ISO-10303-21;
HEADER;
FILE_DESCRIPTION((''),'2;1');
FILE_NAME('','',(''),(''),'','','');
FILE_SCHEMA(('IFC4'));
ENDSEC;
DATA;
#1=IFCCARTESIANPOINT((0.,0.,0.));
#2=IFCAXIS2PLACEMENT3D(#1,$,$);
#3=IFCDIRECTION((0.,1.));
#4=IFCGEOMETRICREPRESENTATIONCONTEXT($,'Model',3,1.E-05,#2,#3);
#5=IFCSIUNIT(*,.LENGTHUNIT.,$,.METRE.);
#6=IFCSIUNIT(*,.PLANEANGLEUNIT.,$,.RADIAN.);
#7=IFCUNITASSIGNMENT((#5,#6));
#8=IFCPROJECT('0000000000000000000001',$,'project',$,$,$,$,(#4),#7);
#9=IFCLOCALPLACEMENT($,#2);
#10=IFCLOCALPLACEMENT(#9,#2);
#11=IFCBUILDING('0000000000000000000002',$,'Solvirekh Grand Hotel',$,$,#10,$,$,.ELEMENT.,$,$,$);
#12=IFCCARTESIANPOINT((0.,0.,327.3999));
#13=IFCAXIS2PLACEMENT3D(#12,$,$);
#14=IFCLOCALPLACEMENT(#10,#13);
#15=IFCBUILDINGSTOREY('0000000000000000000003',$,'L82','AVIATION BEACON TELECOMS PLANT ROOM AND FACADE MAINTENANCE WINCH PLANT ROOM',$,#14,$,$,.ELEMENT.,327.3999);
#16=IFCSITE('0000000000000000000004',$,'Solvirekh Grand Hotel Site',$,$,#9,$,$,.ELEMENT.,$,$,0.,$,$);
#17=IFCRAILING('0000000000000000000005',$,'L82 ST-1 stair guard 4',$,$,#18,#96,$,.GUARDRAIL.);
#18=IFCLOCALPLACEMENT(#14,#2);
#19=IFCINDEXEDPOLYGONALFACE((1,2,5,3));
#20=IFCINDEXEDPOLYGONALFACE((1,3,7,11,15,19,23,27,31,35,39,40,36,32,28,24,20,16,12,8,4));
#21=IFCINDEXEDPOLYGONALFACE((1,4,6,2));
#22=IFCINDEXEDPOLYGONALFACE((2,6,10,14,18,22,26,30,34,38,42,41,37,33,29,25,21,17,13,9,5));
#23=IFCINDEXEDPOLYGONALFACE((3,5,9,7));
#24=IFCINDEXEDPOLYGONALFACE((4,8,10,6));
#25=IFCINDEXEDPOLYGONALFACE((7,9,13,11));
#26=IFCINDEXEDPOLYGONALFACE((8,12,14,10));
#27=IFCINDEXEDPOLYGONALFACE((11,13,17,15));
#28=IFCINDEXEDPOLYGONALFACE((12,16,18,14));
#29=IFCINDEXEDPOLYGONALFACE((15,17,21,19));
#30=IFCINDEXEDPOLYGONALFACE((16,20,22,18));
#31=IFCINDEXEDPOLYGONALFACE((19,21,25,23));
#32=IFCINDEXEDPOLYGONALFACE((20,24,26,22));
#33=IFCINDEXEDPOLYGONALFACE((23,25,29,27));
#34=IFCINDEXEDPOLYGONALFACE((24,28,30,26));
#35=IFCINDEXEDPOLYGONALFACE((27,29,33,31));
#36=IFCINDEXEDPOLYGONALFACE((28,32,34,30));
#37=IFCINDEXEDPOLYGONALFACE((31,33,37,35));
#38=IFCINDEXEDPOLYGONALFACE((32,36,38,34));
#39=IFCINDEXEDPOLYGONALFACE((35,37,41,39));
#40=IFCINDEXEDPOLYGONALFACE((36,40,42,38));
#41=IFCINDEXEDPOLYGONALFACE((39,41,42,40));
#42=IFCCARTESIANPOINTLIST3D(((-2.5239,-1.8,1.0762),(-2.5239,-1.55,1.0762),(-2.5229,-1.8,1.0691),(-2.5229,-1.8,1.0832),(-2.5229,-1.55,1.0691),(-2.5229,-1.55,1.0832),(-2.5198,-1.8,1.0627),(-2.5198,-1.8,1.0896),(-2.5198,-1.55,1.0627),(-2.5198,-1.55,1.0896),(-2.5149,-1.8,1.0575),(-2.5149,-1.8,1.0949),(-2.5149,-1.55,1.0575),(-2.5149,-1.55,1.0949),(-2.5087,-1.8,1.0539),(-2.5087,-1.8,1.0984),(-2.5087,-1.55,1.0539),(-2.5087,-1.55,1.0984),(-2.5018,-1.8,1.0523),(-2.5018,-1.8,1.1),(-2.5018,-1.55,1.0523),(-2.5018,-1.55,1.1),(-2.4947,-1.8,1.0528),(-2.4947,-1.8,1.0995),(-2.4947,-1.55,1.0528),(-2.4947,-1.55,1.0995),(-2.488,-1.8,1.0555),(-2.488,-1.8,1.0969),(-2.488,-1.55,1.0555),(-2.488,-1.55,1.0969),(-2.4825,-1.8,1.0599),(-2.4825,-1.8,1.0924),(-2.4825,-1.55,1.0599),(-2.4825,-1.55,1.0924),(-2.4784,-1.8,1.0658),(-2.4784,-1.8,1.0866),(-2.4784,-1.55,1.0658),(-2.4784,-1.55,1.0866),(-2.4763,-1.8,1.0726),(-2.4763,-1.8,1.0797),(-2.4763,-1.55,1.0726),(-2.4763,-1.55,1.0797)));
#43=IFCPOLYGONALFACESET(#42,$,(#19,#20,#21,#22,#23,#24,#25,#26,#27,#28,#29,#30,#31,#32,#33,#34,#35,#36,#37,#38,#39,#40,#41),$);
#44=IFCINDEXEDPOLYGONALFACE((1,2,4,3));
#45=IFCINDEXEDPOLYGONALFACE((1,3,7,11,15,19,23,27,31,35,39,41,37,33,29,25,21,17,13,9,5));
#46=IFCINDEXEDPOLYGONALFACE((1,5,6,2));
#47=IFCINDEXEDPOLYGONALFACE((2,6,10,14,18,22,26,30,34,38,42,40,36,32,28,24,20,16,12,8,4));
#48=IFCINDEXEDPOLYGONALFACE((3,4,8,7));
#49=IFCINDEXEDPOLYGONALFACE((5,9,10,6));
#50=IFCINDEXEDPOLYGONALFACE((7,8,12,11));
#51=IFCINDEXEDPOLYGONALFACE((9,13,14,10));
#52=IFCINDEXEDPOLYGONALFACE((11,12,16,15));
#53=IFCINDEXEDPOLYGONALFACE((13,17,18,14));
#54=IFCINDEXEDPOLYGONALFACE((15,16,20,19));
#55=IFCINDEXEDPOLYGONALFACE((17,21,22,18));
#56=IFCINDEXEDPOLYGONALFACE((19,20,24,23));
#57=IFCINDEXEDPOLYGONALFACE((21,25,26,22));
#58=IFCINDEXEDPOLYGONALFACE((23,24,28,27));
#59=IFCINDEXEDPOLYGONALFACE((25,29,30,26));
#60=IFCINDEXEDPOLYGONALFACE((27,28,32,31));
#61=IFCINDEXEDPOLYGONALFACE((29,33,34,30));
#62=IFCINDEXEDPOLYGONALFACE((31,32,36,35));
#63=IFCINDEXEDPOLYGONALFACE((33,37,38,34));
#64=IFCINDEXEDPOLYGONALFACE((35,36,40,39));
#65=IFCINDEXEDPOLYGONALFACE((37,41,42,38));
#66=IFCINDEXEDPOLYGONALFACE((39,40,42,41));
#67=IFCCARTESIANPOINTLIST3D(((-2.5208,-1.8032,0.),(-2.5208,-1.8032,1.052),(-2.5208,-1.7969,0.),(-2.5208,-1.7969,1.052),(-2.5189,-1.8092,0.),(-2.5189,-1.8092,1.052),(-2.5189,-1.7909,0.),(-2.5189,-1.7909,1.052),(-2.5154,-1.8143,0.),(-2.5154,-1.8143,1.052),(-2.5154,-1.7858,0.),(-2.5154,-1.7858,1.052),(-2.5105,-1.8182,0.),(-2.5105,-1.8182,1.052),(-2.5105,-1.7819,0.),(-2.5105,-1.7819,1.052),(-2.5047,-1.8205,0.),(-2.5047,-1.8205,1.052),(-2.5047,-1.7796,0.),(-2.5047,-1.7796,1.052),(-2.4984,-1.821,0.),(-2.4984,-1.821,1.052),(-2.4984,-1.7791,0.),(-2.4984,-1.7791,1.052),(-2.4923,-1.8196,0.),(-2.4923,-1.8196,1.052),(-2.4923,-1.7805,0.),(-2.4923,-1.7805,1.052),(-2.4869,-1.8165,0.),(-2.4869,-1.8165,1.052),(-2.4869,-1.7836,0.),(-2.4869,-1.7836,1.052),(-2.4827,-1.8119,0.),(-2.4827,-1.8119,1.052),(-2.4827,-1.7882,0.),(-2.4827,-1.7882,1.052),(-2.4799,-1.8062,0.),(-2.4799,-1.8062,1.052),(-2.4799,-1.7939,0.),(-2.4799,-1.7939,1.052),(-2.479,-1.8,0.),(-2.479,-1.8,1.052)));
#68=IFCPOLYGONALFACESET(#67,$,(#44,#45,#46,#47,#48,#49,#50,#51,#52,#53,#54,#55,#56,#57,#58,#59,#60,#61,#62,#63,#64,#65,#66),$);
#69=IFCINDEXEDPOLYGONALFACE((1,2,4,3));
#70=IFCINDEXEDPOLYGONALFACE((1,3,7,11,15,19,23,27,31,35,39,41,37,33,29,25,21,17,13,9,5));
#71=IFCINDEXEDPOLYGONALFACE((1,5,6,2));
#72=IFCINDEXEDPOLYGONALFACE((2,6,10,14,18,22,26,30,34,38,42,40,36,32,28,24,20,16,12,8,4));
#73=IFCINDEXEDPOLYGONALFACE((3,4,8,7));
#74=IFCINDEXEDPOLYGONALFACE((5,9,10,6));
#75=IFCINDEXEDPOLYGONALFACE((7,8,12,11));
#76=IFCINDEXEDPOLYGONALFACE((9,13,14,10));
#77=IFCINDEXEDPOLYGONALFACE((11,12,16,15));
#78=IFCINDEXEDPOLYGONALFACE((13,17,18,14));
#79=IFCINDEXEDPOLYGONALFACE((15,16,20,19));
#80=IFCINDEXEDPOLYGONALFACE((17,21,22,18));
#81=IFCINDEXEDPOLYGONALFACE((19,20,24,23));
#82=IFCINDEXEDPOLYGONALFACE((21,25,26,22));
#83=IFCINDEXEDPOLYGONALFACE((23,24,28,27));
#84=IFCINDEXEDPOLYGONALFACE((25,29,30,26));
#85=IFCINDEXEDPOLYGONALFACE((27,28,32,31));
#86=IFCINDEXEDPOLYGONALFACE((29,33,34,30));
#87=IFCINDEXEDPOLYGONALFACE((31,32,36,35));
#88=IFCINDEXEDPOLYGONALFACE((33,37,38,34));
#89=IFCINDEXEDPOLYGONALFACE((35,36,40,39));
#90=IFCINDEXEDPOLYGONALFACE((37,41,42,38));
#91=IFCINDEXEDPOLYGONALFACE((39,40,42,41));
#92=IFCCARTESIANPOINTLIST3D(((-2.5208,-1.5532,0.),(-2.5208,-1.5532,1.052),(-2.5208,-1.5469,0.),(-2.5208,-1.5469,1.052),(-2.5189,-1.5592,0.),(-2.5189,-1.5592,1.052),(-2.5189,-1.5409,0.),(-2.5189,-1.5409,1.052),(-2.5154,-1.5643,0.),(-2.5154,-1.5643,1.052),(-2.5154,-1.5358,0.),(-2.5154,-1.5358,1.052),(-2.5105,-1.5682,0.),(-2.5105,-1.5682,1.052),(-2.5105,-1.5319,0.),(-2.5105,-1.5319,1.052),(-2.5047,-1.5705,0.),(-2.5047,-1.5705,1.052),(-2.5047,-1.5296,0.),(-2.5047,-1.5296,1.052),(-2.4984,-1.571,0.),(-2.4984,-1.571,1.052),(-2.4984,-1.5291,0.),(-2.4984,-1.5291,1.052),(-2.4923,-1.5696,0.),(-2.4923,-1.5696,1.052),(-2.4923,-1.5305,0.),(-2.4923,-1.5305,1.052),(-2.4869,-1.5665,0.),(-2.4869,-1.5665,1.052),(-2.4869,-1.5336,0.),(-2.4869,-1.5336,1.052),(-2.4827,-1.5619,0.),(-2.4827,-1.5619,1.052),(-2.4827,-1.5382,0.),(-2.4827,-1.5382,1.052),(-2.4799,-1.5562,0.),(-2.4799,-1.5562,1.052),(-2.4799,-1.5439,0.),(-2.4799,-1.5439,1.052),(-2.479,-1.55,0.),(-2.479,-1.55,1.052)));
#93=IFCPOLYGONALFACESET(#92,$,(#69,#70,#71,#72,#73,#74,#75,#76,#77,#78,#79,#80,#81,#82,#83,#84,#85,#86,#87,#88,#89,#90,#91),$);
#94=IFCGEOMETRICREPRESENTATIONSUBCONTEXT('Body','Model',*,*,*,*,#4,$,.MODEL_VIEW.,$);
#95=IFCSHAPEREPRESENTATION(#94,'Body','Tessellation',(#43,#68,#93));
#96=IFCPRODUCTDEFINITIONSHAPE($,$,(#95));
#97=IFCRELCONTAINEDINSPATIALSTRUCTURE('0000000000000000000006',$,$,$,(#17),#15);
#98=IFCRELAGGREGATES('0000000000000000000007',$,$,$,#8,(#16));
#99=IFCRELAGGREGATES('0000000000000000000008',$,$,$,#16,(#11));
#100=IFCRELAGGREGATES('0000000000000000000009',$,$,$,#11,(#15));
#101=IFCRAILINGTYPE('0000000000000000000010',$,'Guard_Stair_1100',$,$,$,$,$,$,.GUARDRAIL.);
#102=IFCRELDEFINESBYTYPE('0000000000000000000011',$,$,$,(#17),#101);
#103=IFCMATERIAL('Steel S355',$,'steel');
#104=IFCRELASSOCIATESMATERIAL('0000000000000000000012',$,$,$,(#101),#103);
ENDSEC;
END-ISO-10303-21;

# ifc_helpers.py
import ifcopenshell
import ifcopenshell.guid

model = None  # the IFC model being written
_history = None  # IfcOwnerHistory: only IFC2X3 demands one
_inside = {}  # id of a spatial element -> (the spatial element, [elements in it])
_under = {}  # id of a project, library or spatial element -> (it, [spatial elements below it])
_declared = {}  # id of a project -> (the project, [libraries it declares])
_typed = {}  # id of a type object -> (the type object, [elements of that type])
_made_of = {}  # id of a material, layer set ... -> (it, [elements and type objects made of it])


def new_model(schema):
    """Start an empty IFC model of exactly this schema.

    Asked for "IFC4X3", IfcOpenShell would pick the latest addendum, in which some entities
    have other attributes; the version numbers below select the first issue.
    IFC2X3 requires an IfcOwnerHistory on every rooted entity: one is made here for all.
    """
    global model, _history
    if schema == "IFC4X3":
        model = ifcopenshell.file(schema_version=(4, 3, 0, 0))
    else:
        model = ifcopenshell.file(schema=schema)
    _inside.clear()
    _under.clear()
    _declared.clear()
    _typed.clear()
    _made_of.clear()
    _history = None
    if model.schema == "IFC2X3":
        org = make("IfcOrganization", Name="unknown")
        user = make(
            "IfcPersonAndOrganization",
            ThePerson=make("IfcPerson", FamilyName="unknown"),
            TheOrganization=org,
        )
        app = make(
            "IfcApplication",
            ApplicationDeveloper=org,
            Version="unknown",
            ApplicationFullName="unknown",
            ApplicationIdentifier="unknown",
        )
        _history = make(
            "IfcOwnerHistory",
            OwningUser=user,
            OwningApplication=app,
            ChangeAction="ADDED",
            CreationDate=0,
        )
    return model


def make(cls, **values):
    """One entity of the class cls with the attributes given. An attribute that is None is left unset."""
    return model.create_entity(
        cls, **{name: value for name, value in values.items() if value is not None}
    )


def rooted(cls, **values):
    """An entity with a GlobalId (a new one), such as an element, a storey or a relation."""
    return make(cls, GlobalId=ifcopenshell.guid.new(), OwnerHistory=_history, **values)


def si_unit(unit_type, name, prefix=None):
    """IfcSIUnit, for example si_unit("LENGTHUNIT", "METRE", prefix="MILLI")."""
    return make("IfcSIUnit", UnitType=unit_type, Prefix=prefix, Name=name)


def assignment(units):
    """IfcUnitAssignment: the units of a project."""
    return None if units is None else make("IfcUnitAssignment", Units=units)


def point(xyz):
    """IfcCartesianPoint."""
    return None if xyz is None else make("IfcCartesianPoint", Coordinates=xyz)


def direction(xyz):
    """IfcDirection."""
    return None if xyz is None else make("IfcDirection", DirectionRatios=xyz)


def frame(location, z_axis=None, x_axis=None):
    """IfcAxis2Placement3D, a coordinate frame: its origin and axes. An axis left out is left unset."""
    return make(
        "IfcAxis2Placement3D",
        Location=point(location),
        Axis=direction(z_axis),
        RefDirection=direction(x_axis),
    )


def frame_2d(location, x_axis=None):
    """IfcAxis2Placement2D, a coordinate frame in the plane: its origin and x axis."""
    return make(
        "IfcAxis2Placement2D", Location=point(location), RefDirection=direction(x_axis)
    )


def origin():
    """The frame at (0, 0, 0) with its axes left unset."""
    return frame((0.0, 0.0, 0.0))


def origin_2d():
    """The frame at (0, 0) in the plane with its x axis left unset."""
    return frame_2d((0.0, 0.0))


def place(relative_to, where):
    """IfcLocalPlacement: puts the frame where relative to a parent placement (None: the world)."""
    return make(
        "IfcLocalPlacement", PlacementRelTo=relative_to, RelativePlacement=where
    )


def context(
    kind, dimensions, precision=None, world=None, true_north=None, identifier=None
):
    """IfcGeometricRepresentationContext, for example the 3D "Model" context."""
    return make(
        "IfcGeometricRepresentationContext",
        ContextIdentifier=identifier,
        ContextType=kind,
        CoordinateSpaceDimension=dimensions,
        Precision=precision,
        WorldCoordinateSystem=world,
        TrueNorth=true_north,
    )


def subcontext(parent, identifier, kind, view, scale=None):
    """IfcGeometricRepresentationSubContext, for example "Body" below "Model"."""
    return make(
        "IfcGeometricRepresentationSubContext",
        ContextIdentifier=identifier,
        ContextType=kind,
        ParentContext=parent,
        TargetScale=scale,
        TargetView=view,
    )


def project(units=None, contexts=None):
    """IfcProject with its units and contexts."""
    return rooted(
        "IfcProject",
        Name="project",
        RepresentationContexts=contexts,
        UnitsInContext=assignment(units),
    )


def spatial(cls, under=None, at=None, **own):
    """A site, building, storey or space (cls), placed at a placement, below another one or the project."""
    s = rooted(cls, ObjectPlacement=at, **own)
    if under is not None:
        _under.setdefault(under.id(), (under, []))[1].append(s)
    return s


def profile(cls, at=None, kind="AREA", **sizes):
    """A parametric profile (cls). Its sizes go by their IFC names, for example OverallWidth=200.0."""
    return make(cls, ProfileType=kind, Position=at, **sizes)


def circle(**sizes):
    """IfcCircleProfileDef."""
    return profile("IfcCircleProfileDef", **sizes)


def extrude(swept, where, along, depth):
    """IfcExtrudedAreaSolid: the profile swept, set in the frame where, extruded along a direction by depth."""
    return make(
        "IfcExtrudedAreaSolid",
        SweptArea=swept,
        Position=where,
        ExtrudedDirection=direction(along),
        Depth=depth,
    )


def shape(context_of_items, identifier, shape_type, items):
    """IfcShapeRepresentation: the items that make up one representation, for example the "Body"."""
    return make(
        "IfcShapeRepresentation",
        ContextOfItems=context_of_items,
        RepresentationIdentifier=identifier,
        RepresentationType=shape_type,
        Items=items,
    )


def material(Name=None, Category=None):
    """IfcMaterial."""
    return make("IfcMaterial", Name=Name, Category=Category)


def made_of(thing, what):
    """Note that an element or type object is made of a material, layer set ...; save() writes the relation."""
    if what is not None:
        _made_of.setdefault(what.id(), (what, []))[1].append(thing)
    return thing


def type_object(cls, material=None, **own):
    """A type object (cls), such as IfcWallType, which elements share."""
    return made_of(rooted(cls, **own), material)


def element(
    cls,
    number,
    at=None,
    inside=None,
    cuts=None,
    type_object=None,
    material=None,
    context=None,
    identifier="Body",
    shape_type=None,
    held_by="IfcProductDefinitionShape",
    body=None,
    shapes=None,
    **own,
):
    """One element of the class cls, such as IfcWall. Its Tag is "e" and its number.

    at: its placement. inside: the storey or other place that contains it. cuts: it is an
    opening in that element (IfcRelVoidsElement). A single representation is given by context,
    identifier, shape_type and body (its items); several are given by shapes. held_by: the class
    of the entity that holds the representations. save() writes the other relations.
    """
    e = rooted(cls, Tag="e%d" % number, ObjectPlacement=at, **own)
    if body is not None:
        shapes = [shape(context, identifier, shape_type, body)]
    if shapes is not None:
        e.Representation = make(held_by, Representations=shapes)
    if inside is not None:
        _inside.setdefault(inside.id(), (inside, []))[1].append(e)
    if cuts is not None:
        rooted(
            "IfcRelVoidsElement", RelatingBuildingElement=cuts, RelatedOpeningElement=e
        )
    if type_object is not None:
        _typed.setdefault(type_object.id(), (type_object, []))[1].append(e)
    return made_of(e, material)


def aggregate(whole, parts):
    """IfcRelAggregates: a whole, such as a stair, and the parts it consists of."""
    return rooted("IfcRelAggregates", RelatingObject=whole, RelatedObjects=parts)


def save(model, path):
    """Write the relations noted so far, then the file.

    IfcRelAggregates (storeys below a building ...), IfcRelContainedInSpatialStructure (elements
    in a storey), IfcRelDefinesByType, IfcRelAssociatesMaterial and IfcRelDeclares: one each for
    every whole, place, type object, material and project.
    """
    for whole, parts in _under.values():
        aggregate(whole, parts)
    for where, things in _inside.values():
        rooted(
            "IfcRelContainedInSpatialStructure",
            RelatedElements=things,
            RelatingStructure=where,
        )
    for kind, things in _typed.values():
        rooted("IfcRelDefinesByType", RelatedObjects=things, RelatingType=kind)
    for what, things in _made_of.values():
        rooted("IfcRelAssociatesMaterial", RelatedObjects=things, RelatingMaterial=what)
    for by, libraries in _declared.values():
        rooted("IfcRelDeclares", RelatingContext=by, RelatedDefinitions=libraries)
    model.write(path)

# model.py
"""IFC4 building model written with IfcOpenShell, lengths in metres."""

from ifc_helpers import new_model, si_unit, direction, frame, origin, origin_2d, place, context, subcontext, project, spatial, circle, extrude, material, type_object, element, save


model = new_model("IFC4")

# Units and contexts
model_context = context("Model", 3, precision=1e-05, world=origin(), true_north=direction((0.0, 1.0)))
body_context = subcontext(model_context, "Body", "Model", "MODEL_VIEW")
ifc_project = project(units=[si_unit("LENGTHUNIT", "METRE"), si_unit("PLANEANGLEUNIT", "RADIAN")], contexts=[model_context])

# Site, building, storey
site_placement = place(None, origin())
site = spatial("IfcSite", under=ifc_project, at=site_placement, Name="Solvirekh Grand Hotel Site", CompositionType="ELEMENT", RefElevation=0.0)
building_placement = place(site_placement, origin())
building = spatial("IfcBuilding", under=site, at=building_placement, Name="Solvirekh Grand Hotel", CompositionType="ELEMENT")
storey_placement = place(building_placement, frame((0.0, 0.0, 327.3999)))
storey = spatial("IfcBuildingStorey", under=building, at=storey_placement, Name="L82", Description="AVIATION BEACON TELECOMS PLANT ROOM AND FACADE MAINTENANCE WINCH PLANT ROOM", CompositionType="ELEMENT", Elevation=327.3999)

# Shared definitions
ifc_material_1 = material(Name="Steel S355", Category="steel")

# Railing
railing_type_1 = type_object("IfcRailingType", Name="Guard_Stair_1100", PredefinedType="GUARDRAIL", material=ifc_material_1)
railing_1_placement = place(storey_placement, frame((-2.5, -1.8, 0.0)))
element("IfcRailing", 1, at=railing_1_placement, inside=storey, type_object=railing_type_1, Name="L82 ST-1 stair guard 4", PredefinedType="GUARDRAIL", context=body_context, shape_type="SweptSolid", body=[
    extrude(circle(Radius=0.0239, at=origin_2d()), frame((0.0, 0.0, 1.0762), z_axis=(0.0, 1.0, 0.0), x_axis=(-1.0, 0.0, 0.0)), (0.0, 0.0, 1.0), 0.25),
    extrude(circle(Radius=0.021, at=origin_2d()), origin(), (0.0, 0.0, 1.0), 1.052),
    extrude(circle(Radius=0.021, at=origin_2d()), frame((0.0, 0.25, 0.0)), (0.0, 0.0, 1.0), 1.052),
])

save(model, "model.ifc")
